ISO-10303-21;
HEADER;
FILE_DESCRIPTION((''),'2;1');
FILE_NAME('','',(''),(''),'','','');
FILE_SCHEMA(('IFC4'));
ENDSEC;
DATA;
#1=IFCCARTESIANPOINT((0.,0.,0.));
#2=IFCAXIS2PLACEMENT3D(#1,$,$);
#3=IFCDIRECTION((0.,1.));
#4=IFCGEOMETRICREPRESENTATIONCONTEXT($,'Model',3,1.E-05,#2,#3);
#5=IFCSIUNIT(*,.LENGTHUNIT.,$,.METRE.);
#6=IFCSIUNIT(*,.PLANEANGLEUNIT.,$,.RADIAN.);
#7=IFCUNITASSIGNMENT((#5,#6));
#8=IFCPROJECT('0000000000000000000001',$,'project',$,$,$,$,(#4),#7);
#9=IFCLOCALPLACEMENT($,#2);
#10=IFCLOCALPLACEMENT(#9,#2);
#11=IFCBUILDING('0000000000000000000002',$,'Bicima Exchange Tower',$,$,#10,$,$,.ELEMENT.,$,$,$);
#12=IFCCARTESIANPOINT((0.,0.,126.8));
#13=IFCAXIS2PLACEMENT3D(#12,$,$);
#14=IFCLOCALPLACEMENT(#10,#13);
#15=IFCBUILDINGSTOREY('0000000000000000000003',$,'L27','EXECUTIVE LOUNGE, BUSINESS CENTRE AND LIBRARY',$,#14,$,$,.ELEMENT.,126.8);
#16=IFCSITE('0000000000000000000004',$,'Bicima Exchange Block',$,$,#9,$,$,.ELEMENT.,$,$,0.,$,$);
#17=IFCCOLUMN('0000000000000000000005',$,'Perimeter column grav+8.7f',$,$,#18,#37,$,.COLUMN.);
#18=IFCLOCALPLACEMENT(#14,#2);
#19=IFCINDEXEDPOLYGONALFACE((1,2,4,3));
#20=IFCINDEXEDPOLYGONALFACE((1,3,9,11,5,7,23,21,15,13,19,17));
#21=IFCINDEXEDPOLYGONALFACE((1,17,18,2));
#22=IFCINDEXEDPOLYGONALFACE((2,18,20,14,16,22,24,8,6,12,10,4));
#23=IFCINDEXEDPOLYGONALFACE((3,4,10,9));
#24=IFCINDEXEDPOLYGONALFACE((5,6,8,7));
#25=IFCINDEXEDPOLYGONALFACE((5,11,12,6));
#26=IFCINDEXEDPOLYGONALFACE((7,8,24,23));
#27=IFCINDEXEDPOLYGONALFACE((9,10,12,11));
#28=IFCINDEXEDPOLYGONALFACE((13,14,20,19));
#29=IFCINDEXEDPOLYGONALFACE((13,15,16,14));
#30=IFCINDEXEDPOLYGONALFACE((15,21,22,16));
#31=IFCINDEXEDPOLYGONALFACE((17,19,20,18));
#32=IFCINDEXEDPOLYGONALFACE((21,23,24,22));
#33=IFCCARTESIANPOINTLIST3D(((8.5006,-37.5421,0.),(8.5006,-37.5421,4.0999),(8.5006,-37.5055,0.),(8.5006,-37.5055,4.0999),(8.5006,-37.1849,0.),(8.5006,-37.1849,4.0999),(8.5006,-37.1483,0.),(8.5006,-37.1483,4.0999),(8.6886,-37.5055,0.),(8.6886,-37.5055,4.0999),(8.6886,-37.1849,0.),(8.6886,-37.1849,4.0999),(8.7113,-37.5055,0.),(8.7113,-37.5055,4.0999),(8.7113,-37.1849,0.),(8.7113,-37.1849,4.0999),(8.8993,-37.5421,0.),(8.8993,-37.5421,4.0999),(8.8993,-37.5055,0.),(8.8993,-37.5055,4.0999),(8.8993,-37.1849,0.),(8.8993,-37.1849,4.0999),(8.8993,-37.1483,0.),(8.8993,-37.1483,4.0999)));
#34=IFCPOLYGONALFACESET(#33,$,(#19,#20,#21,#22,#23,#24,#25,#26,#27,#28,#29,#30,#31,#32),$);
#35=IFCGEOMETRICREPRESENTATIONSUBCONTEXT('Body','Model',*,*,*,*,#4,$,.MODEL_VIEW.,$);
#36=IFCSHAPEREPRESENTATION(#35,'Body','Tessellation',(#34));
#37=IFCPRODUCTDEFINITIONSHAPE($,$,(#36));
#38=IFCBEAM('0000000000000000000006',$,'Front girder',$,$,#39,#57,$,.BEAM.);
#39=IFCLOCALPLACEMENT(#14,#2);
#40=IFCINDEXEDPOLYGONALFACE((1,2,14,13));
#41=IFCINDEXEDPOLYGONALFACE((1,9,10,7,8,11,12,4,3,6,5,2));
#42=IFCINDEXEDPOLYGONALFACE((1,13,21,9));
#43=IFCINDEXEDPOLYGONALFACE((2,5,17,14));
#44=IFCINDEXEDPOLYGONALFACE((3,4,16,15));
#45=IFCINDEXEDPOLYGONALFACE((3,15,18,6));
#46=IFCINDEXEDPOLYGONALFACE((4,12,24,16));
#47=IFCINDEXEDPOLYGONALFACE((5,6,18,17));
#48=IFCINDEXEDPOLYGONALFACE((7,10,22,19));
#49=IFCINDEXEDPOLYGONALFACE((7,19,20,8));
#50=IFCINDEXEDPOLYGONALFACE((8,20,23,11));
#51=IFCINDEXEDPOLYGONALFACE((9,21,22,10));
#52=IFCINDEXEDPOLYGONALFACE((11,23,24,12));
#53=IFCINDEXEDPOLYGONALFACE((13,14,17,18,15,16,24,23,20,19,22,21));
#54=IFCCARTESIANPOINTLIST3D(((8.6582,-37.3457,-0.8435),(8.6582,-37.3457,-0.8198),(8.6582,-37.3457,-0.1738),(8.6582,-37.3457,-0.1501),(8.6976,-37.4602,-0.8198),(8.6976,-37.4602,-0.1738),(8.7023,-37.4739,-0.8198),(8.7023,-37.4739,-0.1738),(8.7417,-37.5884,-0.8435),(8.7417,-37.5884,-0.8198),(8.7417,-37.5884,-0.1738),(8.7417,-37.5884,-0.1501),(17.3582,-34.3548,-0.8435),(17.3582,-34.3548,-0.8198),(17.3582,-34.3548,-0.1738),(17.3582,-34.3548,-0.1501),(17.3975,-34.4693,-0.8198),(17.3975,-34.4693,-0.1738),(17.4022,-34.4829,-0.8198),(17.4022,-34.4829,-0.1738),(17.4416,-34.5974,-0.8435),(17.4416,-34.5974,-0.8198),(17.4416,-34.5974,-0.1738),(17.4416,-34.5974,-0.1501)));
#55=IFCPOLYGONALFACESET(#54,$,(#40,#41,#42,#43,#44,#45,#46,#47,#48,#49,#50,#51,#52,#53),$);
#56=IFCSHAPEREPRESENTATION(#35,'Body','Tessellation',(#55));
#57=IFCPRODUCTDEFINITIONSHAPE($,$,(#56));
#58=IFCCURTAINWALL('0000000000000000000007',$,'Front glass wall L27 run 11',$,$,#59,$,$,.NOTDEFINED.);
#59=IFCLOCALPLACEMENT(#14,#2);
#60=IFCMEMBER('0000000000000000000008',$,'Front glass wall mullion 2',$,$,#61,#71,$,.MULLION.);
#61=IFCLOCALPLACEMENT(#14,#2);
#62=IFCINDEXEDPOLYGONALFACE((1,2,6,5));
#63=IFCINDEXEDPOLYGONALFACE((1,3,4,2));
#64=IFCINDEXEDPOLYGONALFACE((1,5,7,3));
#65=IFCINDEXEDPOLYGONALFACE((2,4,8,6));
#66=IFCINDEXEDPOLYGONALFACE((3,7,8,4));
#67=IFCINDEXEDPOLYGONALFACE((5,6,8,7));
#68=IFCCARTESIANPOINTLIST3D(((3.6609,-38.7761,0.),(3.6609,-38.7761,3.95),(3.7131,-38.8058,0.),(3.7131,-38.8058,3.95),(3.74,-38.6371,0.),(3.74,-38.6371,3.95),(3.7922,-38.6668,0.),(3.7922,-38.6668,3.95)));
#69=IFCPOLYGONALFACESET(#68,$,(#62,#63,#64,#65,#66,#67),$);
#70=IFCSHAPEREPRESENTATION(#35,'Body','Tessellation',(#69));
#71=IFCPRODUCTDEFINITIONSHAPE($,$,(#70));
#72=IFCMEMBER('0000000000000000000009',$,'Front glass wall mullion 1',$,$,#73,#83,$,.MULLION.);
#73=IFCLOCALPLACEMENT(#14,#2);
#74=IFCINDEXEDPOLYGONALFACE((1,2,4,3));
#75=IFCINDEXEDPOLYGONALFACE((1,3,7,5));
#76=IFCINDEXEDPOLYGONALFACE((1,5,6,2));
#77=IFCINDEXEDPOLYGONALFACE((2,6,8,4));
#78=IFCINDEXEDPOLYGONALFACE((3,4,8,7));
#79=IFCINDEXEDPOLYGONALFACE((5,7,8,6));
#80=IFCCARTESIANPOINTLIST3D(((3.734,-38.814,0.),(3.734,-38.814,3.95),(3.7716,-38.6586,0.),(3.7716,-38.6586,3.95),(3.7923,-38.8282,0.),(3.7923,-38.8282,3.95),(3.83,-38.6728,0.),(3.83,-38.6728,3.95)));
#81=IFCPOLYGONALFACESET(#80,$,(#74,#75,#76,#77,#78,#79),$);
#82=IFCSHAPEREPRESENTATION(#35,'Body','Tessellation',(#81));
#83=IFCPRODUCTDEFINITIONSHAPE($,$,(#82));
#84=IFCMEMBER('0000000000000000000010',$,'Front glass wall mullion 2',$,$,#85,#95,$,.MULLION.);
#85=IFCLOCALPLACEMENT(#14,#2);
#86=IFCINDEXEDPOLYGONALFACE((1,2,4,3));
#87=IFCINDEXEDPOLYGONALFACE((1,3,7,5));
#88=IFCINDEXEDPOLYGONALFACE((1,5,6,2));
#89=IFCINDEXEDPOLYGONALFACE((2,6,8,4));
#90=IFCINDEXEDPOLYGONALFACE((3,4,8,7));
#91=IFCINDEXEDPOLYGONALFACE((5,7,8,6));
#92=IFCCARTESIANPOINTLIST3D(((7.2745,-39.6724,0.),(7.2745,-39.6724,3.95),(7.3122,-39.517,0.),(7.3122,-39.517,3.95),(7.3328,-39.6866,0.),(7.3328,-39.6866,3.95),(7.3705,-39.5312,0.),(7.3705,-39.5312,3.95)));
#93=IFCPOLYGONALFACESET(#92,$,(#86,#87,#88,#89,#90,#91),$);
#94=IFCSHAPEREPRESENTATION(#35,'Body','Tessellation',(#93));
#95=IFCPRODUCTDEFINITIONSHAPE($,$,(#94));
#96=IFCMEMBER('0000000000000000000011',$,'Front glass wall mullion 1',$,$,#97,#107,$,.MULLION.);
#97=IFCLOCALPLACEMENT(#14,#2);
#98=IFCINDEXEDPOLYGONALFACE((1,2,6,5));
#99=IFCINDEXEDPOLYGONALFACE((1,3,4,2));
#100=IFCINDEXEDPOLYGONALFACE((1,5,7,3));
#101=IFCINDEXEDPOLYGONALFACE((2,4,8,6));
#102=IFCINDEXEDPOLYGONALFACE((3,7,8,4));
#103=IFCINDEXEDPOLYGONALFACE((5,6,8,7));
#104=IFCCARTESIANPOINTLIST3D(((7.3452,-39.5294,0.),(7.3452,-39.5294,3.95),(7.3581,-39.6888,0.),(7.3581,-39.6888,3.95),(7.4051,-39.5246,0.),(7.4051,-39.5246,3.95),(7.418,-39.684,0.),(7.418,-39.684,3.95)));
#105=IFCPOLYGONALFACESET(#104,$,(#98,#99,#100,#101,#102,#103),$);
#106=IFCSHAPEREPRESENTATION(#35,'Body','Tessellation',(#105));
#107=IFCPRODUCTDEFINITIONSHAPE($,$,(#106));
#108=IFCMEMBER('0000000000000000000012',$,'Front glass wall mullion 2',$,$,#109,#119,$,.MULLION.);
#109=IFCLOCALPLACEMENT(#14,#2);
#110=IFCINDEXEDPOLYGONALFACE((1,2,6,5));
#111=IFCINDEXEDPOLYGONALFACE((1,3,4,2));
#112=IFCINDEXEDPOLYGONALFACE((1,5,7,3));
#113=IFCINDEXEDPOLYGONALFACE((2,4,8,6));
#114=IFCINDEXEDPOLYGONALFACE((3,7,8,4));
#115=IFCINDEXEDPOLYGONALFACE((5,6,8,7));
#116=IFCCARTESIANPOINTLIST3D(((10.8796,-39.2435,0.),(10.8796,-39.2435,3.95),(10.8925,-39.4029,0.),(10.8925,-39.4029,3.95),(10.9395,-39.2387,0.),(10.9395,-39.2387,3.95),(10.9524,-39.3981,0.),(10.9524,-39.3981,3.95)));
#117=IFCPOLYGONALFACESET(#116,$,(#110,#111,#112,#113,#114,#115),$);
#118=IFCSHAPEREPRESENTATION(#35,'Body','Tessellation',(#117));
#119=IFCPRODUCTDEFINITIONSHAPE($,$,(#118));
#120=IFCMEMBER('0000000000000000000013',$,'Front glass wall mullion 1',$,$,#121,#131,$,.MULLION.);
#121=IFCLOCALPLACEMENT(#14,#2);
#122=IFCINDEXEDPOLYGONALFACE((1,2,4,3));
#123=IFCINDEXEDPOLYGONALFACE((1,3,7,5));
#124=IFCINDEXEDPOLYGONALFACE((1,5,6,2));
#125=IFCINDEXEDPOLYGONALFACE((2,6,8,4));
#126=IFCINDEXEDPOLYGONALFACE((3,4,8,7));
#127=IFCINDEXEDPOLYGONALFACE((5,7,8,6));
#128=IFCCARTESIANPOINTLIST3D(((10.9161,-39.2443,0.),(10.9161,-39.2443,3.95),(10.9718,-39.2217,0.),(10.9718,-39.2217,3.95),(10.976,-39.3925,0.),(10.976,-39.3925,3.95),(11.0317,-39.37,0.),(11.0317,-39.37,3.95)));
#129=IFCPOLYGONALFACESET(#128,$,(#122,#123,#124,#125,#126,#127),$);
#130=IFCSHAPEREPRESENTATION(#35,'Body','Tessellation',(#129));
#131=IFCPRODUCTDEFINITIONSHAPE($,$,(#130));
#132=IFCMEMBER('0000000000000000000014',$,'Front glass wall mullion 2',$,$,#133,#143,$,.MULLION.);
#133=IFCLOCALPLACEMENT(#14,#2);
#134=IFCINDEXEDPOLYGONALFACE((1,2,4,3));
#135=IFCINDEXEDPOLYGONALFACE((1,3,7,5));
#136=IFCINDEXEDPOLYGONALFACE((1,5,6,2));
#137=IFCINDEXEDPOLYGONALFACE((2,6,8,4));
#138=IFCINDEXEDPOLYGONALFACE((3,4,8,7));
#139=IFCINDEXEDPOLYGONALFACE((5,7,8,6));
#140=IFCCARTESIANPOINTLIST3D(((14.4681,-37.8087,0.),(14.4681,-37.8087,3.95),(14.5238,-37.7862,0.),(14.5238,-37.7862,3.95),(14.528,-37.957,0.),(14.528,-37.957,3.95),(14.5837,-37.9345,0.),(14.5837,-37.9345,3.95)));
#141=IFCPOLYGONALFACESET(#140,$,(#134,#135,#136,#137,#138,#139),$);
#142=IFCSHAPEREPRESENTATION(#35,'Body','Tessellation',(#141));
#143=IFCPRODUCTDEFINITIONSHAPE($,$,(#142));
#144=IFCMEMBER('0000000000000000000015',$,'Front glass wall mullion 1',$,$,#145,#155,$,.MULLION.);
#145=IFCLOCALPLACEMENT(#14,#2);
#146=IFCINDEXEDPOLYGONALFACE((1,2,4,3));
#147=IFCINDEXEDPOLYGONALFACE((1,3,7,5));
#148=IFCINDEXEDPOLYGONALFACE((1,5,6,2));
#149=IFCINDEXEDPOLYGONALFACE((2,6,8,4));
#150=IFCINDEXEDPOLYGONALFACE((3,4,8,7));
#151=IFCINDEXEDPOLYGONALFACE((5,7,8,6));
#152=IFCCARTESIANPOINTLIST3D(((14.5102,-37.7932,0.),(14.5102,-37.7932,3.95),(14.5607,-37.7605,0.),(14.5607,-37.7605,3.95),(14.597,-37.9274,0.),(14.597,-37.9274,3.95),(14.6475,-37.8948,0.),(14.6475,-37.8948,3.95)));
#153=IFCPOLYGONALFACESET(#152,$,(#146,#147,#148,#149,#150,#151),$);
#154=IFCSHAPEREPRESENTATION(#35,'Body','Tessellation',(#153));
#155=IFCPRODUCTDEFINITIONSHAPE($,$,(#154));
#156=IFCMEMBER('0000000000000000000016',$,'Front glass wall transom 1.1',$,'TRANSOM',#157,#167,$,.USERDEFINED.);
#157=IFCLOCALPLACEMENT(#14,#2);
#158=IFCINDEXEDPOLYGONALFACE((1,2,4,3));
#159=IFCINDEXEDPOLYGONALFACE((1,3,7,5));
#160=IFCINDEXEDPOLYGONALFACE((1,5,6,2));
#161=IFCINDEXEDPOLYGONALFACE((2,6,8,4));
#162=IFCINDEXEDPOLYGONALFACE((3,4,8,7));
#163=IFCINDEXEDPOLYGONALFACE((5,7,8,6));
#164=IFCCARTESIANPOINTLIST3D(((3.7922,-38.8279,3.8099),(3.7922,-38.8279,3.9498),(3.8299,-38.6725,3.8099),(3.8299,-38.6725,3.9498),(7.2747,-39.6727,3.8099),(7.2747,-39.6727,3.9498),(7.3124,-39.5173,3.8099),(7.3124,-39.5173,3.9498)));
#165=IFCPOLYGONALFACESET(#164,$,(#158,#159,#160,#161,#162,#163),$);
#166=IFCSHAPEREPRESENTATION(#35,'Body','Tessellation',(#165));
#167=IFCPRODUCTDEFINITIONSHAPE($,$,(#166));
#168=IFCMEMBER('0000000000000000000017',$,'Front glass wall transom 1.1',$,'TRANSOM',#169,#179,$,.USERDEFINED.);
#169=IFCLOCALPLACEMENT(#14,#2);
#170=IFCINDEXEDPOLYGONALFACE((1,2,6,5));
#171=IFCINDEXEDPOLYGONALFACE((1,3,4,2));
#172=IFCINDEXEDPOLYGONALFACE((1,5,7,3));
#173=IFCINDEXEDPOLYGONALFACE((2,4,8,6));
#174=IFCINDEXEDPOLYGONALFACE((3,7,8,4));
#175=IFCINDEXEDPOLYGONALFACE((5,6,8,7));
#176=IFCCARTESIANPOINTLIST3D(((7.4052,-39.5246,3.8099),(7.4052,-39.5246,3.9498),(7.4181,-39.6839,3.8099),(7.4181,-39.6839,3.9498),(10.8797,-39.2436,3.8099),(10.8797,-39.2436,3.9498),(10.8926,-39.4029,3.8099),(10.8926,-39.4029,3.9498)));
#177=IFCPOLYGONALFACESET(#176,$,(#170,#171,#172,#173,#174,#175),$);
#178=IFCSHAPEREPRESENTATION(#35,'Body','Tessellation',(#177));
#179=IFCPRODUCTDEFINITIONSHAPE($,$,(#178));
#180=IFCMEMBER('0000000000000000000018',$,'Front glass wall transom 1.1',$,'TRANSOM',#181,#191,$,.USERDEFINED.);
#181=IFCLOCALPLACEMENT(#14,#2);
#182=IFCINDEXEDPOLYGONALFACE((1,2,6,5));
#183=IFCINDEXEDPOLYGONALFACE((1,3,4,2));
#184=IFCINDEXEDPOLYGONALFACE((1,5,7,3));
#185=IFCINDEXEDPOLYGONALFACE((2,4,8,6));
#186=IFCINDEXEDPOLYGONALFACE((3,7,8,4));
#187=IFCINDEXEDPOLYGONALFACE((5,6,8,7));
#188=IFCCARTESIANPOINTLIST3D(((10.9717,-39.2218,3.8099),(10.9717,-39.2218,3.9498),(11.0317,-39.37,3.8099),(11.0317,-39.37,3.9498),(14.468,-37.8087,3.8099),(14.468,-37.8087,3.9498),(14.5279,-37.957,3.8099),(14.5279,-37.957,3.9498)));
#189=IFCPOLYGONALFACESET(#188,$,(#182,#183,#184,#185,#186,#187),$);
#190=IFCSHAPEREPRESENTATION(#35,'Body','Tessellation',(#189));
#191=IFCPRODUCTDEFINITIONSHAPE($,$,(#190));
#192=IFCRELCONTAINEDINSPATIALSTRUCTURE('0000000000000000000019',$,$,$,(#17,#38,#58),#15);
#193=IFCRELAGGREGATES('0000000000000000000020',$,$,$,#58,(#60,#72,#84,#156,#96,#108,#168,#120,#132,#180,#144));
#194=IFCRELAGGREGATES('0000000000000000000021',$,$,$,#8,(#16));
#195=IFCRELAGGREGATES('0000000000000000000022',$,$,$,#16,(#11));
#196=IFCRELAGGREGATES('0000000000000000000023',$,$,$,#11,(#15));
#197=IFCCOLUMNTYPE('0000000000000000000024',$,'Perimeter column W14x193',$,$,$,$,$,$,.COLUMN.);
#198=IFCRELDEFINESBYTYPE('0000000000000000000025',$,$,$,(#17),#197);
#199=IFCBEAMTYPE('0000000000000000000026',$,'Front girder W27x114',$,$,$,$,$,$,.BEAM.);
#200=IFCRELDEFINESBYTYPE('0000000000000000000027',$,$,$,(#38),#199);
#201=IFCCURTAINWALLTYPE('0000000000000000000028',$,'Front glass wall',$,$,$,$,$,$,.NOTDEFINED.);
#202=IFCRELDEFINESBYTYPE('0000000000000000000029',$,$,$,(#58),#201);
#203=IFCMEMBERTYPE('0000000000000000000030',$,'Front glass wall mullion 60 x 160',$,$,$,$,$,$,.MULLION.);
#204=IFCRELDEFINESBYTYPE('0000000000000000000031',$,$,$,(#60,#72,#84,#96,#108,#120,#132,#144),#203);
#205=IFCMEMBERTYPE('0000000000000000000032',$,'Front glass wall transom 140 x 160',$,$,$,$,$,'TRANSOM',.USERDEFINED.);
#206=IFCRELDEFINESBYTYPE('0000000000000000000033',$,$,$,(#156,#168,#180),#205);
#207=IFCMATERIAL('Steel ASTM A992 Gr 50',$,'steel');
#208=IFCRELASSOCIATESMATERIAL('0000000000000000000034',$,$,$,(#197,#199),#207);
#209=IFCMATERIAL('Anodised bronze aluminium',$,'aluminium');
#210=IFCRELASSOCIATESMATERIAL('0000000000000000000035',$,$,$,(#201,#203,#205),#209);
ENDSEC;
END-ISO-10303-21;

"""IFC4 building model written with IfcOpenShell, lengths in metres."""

from ifc_helpers import new_model, si_unit, direction, frame, origin, origin_2d, place, context, subcontext, project, spatial, rectangle, i_section, extrude, material, material_profile, profile_set, type_object, element, aggregate, save


model = new_model("IFC4")

# Units and contexts
model_context = context("Model", 3, precision=1e-05, world=origin(), true_north=direction((0.0, 1.0)))
body_context = subcontext(model_context, "Body", "Model", "MODEL_VIEW")
ifc_project = project(units=[si_unit("LENGTHUNIT", "METRE"), si_unit("PLANEANGLEUNIT", "RADIAN")], contexts=[model_context])

# Site, building, storey
site_placement = place(None, origin())
site = spatial("IfcSite", under=ifc_project, at=site_placement, Name="Bicima Exchange Block", CompositionType="ELEMENT", RefElevation=0.0)
building_placement = place(site_placement, origin())
building = spatial("IfcBuilding", under=site, at=building_placement, Name="Bicima Exchange Tower", CompositionType="ELEMENT")
storey_placement = place(building_placement, frame((0.0, 0.0, 126.8)))
storey = spatial("IfcBuildingStorey", under=building, at=storey_placement, Name="L27", Description="EXECUTIVE LOUNGE, BUSINESS CENTRE AND LIBRARY", CompositionType="ELEMENT", Elevation=126.8)

# Column
ifc_material_1 = material(Name="Steel ASTM A992 Gr 50", Category="steel")
ifc_material_profile_1 = material_profile(ifc_material_1, i_section(OverallWidth=0.3987, OverallDepth=0.3938, WebThickness=0.0227, FlangeThickness=0.0366, at=origin_2d()))
ifc_profile_set_1 = profile_set([ifc_material_profile_1], Name="Steel ASTM A992 Gr 50")
column_type = type_object("IfcColumnType", Name="Perimeter column W14x193", PredefinedType="COLUMN", material=ifc_profile_set_1)
column_placement = place(storey_placement, frame((8.7, -37.3452, 0.0), z_axis=(0.0, 0.0, 1.0), x_axis=(1.0, 0.0, 0.0)))
element("IfcColumn", 1, at=column_placement, inside=storey, type_object=column_type, Name="Perimeter column grav+8.7f", PredefinedType="COLUMN", context=body_context, shape_type="SweptSolid", body=[
    extrude(i_section(OverallWidth=0.3987, OverallDepth=0.3938, WebThickness=0.0227, FlangeThickness=0.0366, at=origin_2d()), origin(), (0.0, 0.0, 1.0), 4.0999),
])

# Beam
ifc_material_profile_2 = material_profile(ifc_material_1, i_section(OverallWidth=0.2566, OverallDepth=0.6934, WebThickness=0.0144, FlangeThickness=0.0237, at=origin_2d()))
ifc_profile_set_2 = profile_set([ifc_material_profile_2], Name="Steel ASTM A992 Gr 50")
beam_type = type_object("IfcBeamType", Name="Front girder W27x114", PredefinedType="BEAM", material=ifc_profile_set_2)
beam_placement = place(storey_placement, frame((8.7, -37.467, -0.4968), z_axis=(0.945675, 0.325115, 0.0), x_axis=(-0.325115, 0.945675, 0.0)))
element("IfcBeam", 2, at=beam_placement, inside=storey, type_object=beam_type, Name="Front girder", PredefinedType="BEAM", context=body_context, shape_type="SweptSolid", body=[
    extrude(i_section(OverallWidth=0.2566, OverallDepth=0.6934, WebThickness=0.0144, FlangeThickness=0.0237, at=origin_2d()), origin(), (0.0, 0.0, 1.0), 9.1997),
])

# Curtain wall, members
ifc_material_2 = material(Name="Anodised bronze aluminium", Category="aluminium")
curtain_wall_type = type_object("IfcCurtainWallType", Name="Front glass wall", PredefinedType="NOTDEFINED", material=ifc_material_2)
curtain_wall_placement = place(storey_placement, origin())
curtain_wall = element("IfcCurtainWall", 3, at=curtain_wall_placement, inside=storey, type_object=curtain_wall_type, Name="Front glass wall L27 run 11", PredefinedType="NOTDEFINED")
ifc_material_profile_3 = material_profile(ifc_material_2, rectangle(XDim=0.1599, YDim=0.0601, at=origin_2d()))
ifc_profile_set_3 = profile_set([ifc_material_profile_3], Name="Anodised bronze aluminium")
member_type_1 = type_object("IfcMemberType", Name="Front glass wall mullion 60 x 160", PredefinedType="MULLION", material=ifc_profile_set_3)
member_1_placement = place(storey_placement, frame((3.7266, -38.7214, 0.0), z_axis=(0.0, 0.0, 1.0), x_axis=(0.49433, 0.869274, 0.0)))
member_1 = element("IfcMember", 4, at=member_1_placement, type_object=member_type_1, Name="Front glass wall mullion 2", PredefinedType="MULLION", context=body_context, shape_type="SweptSolid", body=[
    extrude(rectangle(XDim=0.1599, YDim=0.0601, at=origin_2d()), origin(), (0.0, 0.0, 1.0), 3.95),
])
member_2_placement = place(storey_placement, frame((3.782, -38.7434, 0.0), z_axis=(0.0, 0.0, 1.0), x_axis=(0.235682, 0.97183, 0.0)))
member_2 = element("IfcMember", 5, at=member_2_placement, type_object=member_type_1, Name="Front glass wall mullion 1", PredefinedType="MULLION", context=body_context, shape_type="SweptSolid", body=[
    extrude(rectangle(XDim=0.1599, YDim=0.0601, at=origin_2d()), origin(), (0.0, 0.0, 1.0), 3.95),
])
member_3_placement = place(storey_placement, frame((7.3225, -39.6018, 0.0), z_axis=(0.0, 0.0, 1.0), x_axis=(0.235682, 0.97183, 0.0)))
member_3 = element("IfcMember", 6, at=member_3_placement, type_object=member_type_1, Name="Front glass wall mullion 2", PredefinedType="MULLION", context=body_context, shape_type="SweptSolid", body=[
    extrude(rectangle(XDim=0.1599, YDim=0.0601, at=origin_2d()), origin(), (0.0, 0.0, 1.0), 3.95),
])
member_4_placement = place(storey_placement, frame((7.3816, -39.6067, 0.0), z_axis=(0.0, 0.0, 1.0), x_axis=(-0.080589, 0.996747, 0.0)))
member_4 = element("IfcMember", 7, at=member_4_placement, type_object=member_type_1, Name="Front glass wall mullion 1", PredefinedType="MULLION", context=body_context, shape_type="SweptSolid", body=[
    extrude(rectangle(XDim=0.1599, YDim=0.0601, at=origin_2d()), origin(), (0.0, 0.0, 1.0), 3.95),
])
member_5_placement = place(storey_placement, frame((10.916, -39.3208, 0.0), z_axis=(0.0, 0.0, 1.0), x_axis=(-0.080589, 0.996747, 0.0)))
member_5 = element("IfcMember", 8, at=member_5_placement, type_object=member_type_1, Name="Front glass wall mullion 2", PredefinedType="MULLION", context=body_context, shape_type="SweptSolid", body=[
    extrude(rectangle(XDim=0.1599, YDim=0.0601, at=origin_2d()), origin(), (0.0, 0.0, 1.0), 3.95),
])
member_6_placement = place(storey_placement, frame((10.9739, -39.3071, 0.0), z_axis=(0.0, 0.0, 1.0), x_axis=(-0.374705, 0.927144, 0.0)))
member_6 = element("IfcMember", 9, at=member_6_placement, type_object=member_type_1, Name="Front glass wall mullion 1", PredefinedType="MULLION", context=body_context, shape_type="SweptSolid", body=[
    extrude(rectangle(XDim=0.1599, YDim=0.0601, at=origin_2d()), origin(), (0.0, 0.0, 1.0), 3.95),
])
member_7_placement = place(storey_placement, frame((14.5259, -37.8716, 0.0), z_axis=(0.0, 0.0, 1.0), x_axis=(-0.374705, 0.927144, 0.0)))
member_7 = element("IfcMember", 10, at=member_7_placement, type_object=member_type_1, Name="Front glass wall mullion 2", PredefinedType="MULLION", context=body_context, shape_type="SweptSolid", body=[
    extrude(rectangle(XDim=0.1599, YDim=0.0601, at=origin_2d()), origin(), (0.0, 0.0, 1.0), 3.95),
])
member_8_placement = place(storey_placement, frame((14.5789, -37.844, 0.0), z_axis=(0.0, 0.0, 1.0), x_axis=(-0.542909, 0.839791, 0.0)))
member_8 = element("IfcMember", 11, at=member_8_placement, type_object=member_type_1, Name="Front glass wall mullion 1", PredefinedType="MULLION", context=body_context, shape_type="SweptSolid", body=[
    extrude(rectangle(XDim=0.1599, YDim=0.0601, at=origin_2d()), origin(), (0.0, 0.0, 1.0), 3.95),
])
ifc_material_profile_4 = material_profile(ifc_material_2, rectangle(XDim=0.1599, YDim=0.1399, at=origin_2d()))
ifc_profile_set_4 = profile_set([ifc_material_profile_4], Name="Anodised bronze aluminium")
member_type_2 = type_object("IfcMemberType", Name="Front glass wall transom 140 x 160", ElementType="TRANSOM", PredefinedType="USERDEFINED", material=ifc_profile_set_4)
member_9_placement = place(storey_placement, frame((3.811, -38.7502, 3.8799), z_axis=(0.971818, -0.235733, 0.0), x_axis=(0.235733, 0.971818, 0.0)))
member_9 = element("IfcMember", 12, at=member_9_placement, type_object=member_type_2, Name="Front glass wall transom 1.1", ObjectType="TRANSOM", PredefinedType="USERDEFINED", context=body_context, shape_type="SweptSolid", body=[
    extrude(rectangle(XDim=0.1599, YDim=0.1399, at=origin_2d()), origin(), (0.0, 0.0, 1.0), 3.5835),
])
member_10_placement = place(storey_placement, frame((7.4116, -39.6042, 3.8799), z_axis=(0.996746, 0.080611, 0.0), x_axis=(-0.080611, 0.996746, 0.0)))
member_10 = element("IfcMember", 13, at=member_10_placement, type_object=member_type_2, Name="Front glass wall transom 1.1", ObjectType="TRANSOM", PredefinedType="USERDEFINED", context=body_context, shape_type="SweptSolid", body=[
    extrude(rectangle(XDim=0.1599, YDim=0.1399, at=origin_2d()), origin(), (0.0, 0.0, 1.0), 3.4858),
])
member_11_placement = place(storey_placement, frame((11.0017, -39.2959, 3.8799), z_axis=(0.92714, 0.374715, 0.0), x_axis=(-0.374715, 0.92714, 0.0)))
member_11 = element("IfcMember", 14, at=member_11_placement, type_object=member_type_2, Name="Front glass wall transom 1.1", ObjectType="TRANSOM", PredefinedType="USERDEFINED", context=body_context, shape_type="SweptSolid", body=[
    extrude(rectangle(XDim=0.1599, YDim=0.1399, at=origin_2d()), origin(), (0.0, 0.0, 1.0), 3.771),
])

aggregate(curtain_wall, [member_1, member_2, member_3, member_9, member_4, member_5, member_10, member_6, member_7, member_11, member_8])

save(model, "model.ifc")
